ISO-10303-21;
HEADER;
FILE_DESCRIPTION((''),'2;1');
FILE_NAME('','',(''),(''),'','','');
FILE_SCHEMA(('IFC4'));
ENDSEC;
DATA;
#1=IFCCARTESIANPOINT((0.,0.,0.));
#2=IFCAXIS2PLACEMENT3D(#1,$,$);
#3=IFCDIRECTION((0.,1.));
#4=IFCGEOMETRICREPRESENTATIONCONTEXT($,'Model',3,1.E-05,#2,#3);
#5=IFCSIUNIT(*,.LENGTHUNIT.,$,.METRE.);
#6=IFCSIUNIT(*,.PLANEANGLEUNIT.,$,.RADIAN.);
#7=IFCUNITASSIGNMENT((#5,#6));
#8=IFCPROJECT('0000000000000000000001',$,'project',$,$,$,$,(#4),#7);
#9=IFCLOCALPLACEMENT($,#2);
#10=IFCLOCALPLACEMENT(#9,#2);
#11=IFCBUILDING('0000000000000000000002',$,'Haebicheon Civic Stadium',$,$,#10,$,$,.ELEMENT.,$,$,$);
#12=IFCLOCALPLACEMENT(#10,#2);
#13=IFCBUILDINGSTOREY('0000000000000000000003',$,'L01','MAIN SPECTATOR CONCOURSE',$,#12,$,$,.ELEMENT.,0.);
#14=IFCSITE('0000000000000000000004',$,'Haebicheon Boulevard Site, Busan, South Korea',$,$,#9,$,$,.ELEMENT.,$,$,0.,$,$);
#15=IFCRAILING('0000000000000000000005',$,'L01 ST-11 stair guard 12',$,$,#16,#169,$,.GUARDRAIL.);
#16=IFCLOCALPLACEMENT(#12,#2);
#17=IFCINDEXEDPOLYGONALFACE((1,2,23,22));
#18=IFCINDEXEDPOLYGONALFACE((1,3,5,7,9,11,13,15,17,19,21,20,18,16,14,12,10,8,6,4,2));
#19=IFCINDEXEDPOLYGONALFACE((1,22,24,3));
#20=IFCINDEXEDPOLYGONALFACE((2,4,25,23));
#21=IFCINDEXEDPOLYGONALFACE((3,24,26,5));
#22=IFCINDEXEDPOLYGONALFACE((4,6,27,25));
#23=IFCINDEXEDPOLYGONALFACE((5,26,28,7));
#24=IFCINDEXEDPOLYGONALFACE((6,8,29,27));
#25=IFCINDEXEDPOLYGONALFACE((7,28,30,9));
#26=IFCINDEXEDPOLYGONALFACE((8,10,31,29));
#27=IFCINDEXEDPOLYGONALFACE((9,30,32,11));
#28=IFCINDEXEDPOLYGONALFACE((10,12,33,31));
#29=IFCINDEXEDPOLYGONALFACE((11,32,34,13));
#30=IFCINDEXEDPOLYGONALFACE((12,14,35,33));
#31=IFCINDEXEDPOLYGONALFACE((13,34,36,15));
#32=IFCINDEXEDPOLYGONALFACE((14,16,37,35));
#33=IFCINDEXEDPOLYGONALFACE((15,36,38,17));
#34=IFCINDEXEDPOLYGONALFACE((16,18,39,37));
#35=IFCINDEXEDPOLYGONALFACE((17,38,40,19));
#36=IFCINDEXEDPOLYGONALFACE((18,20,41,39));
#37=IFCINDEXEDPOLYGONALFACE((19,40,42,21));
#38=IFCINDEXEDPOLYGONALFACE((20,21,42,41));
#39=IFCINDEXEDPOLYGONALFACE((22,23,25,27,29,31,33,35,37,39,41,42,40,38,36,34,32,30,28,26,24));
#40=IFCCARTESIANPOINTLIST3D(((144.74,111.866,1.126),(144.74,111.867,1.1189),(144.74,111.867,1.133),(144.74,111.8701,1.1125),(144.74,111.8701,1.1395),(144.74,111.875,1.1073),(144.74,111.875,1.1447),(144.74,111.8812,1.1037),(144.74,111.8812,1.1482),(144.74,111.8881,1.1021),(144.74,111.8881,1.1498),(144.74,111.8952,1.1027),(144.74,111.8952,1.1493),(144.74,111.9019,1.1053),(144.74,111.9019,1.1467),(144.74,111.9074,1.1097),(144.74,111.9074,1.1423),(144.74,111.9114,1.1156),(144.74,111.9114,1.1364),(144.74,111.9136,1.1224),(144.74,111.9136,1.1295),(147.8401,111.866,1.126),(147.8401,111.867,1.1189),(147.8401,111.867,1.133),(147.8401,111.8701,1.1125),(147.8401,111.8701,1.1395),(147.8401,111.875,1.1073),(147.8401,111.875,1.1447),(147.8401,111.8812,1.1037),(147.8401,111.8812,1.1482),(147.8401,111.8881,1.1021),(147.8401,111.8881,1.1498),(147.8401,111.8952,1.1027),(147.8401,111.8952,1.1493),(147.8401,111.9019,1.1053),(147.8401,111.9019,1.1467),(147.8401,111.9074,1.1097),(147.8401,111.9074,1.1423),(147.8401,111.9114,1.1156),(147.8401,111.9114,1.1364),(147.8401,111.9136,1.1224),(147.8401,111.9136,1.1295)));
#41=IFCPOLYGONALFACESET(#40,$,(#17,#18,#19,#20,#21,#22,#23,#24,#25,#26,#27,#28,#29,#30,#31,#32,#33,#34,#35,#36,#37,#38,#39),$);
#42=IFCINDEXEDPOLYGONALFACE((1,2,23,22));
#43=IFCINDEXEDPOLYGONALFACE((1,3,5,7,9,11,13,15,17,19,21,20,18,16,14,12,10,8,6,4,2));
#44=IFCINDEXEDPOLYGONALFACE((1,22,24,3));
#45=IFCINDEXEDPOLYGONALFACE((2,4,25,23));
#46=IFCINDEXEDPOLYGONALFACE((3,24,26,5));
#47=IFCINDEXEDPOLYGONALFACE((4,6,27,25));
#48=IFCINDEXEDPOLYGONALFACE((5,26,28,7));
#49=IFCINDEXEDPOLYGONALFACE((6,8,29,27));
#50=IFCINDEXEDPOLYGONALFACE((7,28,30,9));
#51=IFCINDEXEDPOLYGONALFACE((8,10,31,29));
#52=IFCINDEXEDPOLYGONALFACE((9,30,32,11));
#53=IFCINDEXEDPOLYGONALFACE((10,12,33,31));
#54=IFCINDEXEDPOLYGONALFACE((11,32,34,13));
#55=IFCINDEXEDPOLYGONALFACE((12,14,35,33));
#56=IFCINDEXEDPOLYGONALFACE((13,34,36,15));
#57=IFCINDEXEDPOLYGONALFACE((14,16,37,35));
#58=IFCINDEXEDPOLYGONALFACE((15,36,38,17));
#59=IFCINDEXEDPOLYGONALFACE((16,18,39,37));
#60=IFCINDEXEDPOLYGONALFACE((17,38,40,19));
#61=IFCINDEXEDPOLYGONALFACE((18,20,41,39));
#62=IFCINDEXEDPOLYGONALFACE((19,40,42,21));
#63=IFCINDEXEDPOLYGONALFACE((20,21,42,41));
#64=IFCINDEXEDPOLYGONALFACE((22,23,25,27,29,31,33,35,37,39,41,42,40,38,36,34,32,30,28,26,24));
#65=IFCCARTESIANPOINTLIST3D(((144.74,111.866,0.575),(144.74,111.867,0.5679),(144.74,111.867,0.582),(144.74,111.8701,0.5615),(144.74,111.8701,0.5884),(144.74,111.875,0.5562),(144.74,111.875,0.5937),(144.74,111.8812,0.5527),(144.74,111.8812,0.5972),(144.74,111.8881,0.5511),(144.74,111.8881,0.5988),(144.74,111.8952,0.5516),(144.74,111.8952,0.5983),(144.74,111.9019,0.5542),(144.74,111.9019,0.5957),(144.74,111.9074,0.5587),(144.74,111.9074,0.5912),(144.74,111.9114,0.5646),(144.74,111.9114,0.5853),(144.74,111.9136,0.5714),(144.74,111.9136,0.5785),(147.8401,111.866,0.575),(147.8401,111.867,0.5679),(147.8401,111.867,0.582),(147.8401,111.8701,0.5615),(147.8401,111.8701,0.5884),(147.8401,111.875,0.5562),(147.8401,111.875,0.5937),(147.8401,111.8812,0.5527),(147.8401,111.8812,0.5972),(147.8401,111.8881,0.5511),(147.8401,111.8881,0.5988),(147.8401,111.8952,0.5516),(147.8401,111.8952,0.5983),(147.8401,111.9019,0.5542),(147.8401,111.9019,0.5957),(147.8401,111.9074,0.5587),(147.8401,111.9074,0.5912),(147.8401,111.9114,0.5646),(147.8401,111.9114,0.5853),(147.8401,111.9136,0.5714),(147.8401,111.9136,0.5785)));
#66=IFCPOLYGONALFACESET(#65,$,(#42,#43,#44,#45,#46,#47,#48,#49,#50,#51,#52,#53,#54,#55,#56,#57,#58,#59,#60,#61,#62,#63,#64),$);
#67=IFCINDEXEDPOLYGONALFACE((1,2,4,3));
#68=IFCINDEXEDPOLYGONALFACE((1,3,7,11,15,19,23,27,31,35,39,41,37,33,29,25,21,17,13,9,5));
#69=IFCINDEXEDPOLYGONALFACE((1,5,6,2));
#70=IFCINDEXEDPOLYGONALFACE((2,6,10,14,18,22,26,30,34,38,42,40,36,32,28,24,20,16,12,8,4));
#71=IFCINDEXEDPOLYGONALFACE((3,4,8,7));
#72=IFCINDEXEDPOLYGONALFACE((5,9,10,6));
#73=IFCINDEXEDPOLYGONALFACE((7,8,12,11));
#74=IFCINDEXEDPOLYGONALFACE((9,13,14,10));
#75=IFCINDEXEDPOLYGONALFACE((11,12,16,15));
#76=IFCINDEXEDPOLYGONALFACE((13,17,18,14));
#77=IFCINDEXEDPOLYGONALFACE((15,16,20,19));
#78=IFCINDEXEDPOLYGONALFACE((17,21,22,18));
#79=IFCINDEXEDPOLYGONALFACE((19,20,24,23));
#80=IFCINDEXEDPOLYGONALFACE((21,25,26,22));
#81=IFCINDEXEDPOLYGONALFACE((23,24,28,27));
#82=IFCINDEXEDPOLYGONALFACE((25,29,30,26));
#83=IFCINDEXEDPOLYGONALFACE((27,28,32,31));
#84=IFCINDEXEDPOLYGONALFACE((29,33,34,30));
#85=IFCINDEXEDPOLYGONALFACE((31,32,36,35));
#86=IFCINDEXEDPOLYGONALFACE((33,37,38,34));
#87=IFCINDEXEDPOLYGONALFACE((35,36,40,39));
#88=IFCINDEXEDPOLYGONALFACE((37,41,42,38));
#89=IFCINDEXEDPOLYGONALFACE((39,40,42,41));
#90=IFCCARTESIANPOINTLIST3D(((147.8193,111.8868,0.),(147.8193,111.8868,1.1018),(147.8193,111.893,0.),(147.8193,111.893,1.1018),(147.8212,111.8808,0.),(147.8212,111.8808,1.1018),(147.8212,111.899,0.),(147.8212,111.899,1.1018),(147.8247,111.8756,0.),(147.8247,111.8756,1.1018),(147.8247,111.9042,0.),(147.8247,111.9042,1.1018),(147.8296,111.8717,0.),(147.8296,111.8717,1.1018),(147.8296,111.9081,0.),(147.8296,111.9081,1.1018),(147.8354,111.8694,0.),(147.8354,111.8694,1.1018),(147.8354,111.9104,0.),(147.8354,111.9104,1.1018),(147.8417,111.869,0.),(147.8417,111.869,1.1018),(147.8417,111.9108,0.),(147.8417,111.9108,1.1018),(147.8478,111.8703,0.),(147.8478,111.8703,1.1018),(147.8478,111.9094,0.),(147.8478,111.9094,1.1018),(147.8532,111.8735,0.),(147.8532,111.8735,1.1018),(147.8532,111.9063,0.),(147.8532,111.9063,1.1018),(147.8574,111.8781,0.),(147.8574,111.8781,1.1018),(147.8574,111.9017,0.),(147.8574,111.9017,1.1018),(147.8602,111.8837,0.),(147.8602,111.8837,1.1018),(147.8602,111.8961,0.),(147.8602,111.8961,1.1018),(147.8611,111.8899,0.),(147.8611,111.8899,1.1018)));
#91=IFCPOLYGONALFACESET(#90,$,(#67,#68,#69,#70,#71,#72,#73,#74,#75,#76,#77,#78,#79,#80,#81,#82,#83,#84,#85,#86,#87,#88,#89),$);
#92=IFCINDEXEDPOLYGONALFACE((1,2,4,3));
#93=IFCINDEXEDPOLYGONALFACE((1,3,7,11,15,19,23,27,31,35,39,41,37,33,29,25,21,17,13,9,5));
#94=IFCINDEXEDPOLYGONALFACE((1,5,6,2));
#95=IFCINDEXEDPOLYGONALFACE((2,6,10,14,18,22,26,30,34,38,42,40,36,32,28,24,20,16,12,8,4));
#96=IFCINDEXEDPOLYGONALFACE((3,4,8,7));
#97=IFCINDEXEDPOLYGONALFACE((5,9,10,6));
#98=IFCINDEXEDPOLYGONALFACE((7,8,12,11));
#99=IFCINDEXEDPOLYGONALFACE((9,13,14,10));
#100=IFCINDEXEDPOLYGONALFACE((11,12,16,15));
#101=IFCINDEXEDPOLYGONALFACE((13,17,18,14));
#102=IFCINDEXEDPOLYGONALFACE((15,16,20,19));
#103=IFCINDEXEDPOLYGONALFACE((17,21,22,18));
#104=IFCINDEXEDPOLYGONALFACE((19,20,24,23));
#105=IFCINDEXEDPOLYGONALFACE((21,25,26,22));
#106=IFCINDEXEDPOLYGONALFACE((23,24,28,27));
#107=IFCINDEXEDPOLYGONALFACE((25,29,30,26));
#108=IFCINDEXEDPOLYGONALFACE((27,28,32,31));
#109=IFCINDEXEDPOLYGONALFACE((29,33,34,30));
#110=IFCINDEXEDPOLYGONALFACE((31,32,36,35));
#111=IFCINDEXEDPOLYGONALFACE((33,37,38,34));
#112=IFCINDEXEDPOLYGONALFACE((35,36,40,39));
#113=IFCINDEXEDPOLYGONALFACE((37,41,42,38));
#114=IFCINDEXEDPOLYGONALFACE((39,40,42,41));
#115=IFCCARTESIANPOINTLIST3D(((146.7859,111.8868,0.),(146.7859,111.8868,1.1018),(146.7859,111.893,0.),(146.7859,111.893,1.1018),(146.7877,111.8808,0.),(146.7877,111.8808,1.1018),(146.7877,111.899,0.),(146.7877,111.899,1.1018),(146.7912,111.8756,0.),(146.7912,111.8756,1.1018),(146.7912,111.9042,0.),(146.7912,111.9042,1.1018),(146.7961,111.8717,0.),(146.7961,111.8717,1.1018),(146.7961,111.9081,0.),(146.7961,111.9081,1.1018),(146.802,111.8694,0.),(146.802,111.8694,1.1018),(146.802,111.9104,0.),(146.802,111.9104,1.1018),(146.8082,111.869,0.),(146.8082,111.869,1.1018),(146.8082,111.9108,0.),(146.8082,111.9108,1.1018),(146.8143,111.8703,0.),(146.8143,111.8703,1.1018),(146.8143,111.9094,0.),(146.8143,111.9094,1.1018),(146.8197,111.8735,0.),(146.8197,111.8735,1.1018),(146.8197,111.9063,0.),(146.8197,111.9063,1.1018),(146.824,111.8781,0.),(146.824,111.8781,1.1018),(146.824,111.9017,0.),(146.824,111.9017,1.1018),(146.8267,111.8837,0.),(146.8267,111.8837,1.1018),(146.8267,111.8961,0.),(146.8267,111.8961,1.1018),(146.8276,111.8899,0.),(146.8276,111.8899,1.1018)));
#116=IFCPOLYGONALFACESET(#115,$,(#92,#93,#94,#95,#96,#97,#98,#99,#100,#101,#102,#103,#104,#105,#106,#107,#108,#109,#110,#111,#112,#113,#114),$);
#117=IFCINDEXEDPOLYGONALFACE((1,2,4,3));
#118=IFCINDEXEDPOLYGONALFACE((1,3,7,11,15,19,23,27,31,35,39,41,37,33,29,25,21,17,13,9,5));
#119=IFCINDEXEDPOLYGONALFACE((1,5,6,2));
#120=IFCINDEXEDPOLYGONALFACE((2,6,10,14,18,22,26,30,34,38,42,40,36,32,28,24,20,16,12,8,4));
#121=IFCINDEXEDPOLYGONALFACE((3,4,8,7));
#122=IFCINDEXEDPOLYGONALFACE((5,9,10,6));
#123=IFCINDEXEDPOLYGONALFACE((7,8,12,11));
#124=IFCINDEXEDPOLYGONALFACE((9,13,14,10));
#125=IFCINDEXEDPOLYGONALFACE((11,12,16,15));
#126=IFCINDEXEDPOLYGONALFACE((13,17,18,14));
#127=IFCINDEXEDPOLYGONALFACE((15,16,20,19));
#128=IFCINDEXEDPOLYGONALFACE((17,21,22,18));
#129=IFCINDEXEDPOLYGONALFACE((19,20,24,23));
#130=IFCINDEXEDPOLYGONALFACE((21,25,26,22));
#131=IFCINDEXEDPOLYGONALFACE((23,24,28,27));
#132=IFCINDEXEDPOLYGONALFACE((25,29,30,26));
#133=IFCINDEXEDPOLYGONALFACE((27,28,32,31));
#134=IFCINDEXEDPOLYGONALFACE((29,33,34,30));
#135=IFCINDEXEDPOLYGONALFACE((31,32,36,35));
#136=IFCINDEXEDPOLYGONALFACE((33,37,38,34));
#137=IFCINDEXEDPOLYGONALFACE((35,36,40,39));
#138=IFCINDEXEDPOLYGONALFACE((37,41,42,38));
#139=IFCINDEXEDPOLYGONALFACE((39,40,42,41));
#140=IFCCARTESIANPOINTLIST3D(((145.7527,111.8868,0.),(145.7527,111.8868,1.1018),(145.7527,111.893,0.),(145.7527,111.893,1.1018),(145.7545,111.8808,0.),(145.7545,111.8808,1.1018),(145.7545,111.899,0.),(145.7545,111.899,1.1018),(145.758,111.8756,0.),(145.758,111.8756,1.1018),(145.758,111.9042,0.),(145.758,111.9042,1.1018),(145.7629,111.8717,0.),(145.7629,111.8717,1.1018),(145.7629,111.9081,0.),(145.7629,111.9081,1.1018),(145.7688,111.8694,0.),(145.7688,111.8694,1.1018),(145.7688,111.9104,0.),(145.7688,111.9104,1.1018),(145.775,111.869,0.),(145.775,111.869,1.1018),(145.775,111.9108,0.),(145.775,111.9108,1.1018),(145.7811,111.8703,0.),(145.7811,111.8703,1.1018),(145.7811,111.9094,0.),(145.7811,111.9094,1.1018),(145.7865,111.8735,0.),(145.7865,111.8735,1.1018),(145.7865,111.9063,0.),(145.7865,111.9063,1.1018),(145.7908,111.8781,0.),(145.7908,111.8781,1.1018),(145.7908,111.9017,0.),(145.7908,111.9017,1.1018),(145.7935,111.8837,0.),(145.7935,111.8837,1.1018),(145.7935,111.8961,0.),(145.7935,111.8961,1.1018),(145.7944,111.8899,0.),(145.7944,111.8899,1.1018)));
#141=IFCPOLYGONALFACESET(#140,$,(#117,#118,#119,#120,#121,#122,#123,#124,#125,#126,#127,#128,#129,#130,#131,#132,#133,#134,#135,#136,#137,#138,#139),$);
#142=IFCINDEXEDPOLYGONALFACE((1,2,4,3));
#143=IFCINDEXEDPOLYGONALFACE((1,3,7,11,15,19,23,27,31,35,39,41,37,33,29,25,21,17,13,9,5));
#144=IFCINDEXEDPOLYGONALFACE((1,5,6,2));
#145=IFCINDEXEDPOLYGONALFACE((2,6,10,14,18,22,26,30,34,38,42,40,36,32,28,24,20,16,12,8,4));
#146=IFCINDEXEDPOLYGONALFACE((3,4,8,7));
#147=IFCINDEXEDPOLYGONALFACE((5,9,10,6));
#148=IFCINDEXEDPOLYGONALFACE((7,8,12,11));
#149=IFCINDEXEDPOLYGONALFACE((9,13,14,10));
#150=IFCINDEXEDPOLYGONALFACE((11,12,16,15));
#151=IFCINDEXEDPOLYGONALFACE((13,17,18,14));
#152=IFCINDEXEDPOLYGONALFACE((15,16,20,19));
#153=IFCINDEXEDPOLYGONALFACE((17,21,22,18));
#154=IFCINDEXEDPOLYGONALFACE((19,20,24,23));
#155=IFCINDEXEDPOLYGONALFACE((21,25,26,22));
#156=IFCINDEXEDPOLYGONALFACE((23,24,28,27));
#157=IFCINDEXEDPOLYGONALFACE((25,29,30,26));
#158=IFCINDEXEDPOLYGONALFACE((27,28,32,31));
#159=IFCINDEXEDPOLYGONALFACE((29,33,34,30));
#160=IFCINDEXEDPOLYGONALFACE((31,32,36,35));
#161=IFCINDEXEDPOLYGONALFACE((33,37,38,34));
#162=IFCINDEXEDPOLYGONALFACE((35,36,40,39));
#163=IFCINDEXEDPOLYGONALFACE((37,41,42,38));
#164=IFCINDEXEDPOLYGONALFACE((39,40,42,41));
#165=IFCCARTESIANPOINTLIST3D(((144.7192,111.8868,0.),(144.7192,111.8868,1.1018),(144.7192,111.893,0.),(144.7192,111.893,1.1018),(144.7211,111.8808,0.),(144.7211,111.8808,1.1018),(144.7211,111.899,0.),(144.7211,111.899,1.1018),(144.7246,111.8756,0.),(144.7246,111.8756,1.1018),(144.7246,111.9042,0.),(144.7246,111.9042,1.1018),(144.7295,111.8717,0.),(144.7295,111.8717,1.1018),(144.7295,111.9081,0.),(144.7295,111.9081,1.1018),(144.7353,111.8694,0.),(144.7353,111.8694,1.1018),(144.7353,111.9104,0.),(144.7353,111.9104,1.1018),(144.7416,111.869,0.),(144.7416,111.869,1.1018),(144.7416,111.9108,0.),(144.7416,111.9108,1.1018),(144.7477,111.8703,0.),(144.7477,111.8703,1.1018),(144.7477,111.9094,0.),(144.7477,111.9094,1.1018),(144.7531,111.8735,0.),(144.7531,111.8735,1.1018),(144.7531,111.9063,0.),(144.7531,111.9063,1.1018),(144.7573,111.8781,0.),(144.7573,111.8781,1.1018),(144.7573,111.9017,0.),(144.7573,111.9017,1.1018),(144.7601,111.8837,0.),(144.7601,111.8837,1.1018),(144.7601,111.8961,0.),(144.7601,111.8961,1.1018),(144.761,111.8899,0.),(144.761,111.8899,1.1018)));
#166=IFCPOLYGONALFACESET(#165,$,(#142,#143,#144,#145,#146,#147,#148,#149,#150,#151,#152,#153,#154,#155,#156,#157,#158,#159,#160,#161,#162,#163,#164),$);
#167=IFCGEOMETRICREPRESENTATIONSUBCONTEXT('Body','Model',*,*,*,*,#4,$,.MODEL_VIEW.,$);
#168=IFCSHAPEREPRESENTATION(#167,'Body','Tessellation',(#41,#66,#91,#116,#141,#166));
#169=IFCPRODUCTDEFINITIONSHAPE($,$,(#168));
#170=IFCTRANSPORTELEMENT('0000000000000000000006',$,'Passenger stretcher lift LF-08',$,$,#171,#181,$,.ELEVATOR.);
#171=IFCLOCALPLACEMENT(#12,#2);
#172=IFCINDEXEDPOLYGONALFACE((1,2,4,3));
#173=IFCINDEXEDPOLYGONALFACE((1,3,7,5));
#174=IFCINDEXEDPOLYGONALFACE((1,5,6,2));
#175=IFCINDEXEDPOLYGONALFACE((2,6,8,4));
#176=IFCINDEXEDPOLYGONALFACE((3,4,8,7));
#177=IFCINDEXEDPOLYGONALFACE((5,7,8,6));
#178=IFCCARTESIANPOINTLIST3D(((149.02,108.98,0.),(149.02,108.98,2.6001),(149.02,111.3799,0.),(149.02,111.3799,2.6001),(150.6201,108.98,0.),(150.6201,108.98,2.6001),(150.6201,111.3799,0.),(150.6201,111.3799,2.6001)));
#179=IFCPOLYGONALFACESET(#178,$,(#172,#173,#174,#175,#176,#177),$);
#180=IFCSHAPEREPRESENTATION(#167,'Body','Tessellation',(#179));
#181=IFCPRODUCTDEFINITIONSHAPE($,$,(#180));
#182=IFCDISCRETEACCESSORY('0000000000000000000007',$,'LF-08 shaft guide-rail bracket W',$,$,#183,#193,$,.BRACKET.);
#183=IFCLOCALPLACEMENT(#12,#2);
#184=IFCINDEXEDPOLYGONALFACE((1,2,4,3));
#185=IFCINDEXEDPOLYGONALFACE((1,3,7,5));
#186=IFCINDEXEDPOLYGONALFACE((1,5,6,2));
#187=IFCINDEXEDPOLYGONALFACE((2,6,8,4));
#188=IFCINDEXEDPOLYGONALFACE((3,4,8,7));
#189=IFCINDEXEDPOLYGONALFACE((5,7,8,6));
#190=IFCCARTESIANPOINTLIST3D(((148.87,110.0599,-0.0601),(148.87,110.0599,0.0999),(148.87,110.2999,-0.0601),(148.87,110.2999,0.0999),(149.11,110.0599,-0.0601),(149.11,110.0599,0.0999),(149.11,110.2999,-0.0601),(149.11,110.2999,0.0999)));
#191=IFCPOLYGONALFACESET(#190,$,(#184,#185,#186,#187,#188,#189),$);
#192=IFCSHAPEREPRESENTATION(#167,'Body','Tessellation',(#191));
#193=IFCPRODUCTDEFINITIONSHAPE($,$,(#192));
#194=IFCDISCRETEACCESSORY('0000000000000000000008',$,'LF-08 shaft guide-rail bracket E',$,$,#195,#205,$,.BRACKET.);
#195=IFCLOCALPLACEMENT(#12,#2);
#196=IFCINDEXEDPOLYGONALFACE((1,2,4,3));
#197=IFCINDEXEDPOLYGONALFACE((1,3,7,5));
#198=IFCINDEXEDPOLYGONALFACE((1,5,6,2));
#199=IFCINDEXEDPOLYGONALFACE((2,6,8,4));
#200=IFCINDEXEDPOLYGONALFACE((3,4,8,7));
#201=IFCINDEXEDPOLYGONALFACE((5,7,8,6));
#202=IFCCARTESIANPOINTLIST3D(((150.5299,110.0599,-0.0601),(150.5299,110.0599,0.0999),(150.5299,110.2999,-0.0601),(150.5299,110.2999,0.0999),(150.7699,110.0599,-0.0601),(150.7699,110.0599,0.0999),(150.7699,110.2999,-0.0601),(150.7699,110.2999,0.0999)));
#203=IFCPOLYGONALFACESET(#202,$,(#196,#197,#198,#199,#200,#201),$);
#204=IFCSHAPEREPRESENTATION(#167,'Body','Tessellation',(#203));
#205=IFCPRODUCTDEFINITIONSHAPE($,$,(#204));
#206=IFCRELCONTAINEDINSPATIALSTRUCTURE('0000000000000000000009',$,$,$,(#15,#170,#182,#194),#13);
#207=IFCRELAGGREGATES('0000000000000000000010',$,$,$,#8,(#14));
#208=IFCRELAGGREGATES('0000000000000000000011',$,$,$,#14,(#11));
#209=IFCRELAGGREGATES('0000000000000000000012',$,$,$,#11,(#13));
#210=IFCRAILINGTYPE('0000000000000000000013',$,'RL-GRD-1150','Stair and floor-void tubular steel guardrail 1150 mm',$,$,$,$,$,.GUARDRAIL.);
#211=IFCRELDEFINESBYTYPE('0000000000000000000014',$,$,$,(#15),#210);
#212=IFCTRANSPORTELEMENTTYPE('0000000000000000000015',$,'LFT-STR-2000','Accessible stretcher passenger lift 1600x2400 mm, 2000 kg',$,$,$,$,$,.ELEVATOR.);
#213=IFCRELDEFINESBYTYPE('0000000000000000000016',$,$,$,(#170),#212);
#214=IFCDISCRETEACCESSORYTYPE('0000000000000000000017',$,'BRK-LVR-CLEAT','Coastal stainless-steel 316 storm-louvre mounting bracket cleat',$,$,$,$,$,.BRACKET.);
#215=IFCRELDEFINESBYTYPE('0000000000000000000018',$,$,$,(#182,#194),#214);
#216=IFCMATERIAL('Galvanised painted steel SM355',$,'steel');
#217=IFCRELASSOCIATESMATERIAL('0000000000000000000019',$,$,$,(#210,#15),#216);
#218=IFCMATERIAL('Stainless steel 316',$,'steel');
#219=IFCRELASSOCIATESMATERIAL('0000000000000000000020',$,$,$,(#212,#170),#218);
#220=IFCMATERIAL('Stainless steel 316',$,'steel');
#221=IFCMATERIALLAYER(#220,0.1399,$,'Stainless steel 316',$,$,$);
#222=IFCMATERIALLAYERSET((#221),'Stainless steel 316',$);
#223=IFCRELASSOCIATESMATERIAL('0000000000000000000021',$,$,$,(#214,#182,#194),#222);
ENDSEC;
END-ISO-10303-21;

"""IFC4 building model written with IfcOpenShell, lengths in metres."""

from ifc_helpers import new_model, si_unit, direction, frame, origin, origin_2d, place, context, subcontext, project, spatial, rectangle, circle, extrude, material, layer, layer_set, type_object, element, save


model = new_model("IFC4")

# Units and contexts
model_context = context("Model", 3, precision=1e-05, world=origin(), true_north=direction((0.0, 1.0)))
body_context = subcontext(model_context, "Body", "Model", "MODEL_VIEW")
ifc_project = project(units=[si_unit("LENGTHUNIT", "METRE"), si_unit("PLANEANGLEUNIT", "RADIAN")], contexts=[model_context])

# Site, building, storey
site_placement = place(None, origin())
site = spatial("IfcSite", under=ifc_project, at=site_placement, Name="Haebicheon Boulevard Site, Busan, South Korea", CompositionType="ELEMENT", RefElevation=0.0)
building_placement = place(site_placement, origin())
building = spatial("IfcBuilding", under=site, at=building_placement, Name="Haebicheon Civic Stadium", CompositionType="ELEMENT")
storey_placement = place(building_placement, origin())
storey = spatial("IfcBuildingStorey", under=building, at=storey_placement, Name="L01", Description="MAIN SPECTATOR CONCOURSE", CompositionType="ELEMENT", Elevation=0.0)

# Railing
ifc_material_1 = material(Name="Galvanised painted steel SM355", Category="steel")
railing_type = type_object("IfcRailingType", Name="RL-GRD-1150", Description="Stair and floor-void tubular steel guardrail 1150 mm", PredefinedType="GUARDRAIL", material=ifc_material_1)
railing_placement = place(storey_placement, frame((147.8401, 111.8899, 0.0)))
element("IfcRailing", 1, at=railing_placement, inside=storey, type_object=railing_type, material=ifc_material_1, Name="L01 ST-11 stair guard 12", PredefinedType="GUARDRAIL", context=body_context, shape_type="SweptSolid", body=[
    extrude(circle(Radius=0.0239, at=origin_2d()), frame((0.0, 0.0, 1.126), z_axis=(-1.0, 0.0, 0.0), x_axis=(0.0, -1.0, 0.0)), (0.0, 0.0, 1.0), 3.1001),
    extrude(circle(Radius=0.0239, at=origin_2d()), frame((0.0, 0.0, 0.575), z_axis=(-1.0, 0.0, 0.0), x_axis=(0.0, -1.0, 0.0)), (0.0, 0.0, 1.0), 3.1001),
    extrude(circle(Radius=0.021, at=origin_2d()), origin(), (0.0, 0.0, 1.0), 1.1018),
    extrude(circle(Radius=0.021, at=origin_2d()), frame((-1.0334, 0.0, 0.0)), (0.0, 0.0, 1.0), 1.1018),
    extrude(circle(Radius=0.021, at=origin_2d()), frame((-2.0667, 0.0, 0.0)), (0.0, 0.0, 1.0), 1.1018),
    extrude(circle(Radius=0.021, at=origin_2d()), frame((-3.1001, 0.0, 0.0)), (0.0, 0.0, 1.0), 1.1018),
])

# Transport element
ifc_material_2 = material(Name="Stainless steel 316", Category="steel")
transport_element_type = type_object("IfcTransportElementType", Name="LFT-STR-2000", Description="Accessible stretcher passenger lift 1600x2400 mm, 2000 kg", PredefinedType="ELEVATOR", material=ifc_material_2)
transport_element_placement = place(storey_placement, frame((149.8201, 110.1799, 0.0), z_axis=(0.0, 0.0, 1.0), x_axis=(1.0, 0.0, 0.0)))
element("IfcTransportElement", 2, at=transport_element_placement, inside=storey, type_object=transport_element_type, material=ifc_material_2, Name="Passenger stretcher lift LF-08", PredefinedType="ELEVATOR", context=body_context, shape_type="SweptSolid", body=[
    extrude(rectangle(XDim=1.6001, YDim=2.3999, at=origin_2d()), origin(), (0.0, 0.0, 1.0), 2.6001),
])

# Discrete accessories
ifc_material_3 = material(Name="Stainless steel 316", Category="steel")
ifc_layer_1 = layer(ifc_material_3, 0.1399, Name="Stainless steel 316")
ifc_layer_set_1 = layer_set([ifc_layer_1], Name="Stainless steel 316")
discrete_accessory_type = type_object("IfcDiscreteAccessoryType", Name="BRK-LVR-CLEAT", Description="Coastal stainless-steel 316 storm-louvre mounting bracket cleat", PredefinedType="BRACKET", material=ifc_layer_set_1)
for number, where, z_axis, x_axis, name in (
    (3, (148.99, 110.1799, -0.0601), (0.0, 0.0, 1.0), (1.0, 0.0, 0.0), "LF-08 shaft guide-rail bracket W"),
    (4, (150.6499, 110.1799, -0.0601), (0.0, 0.0, 1.0), (1.0, 0.0, 0.0), "LF-08 shaft guide-rail bracket E"),
):
    element("IfcDiscreteAccessory", number, at=place(storey_placement, frame(where, z_axis=z_axis, x_axis=x_axis)), inside=storey, type_object=discrete_accessory_type, material=ifc_layer_set_1, Name=name, PredefinedType="BRACKET", context=body_context, shape_type="SweptSolid", body=[
        extrude(rectangle(XDim=0.24, YDim=0.24, at=origin_2d()), origin(), (0.0, 0.0, 1.0), 0.1599),
    ])

save(model, "model.ifc")
